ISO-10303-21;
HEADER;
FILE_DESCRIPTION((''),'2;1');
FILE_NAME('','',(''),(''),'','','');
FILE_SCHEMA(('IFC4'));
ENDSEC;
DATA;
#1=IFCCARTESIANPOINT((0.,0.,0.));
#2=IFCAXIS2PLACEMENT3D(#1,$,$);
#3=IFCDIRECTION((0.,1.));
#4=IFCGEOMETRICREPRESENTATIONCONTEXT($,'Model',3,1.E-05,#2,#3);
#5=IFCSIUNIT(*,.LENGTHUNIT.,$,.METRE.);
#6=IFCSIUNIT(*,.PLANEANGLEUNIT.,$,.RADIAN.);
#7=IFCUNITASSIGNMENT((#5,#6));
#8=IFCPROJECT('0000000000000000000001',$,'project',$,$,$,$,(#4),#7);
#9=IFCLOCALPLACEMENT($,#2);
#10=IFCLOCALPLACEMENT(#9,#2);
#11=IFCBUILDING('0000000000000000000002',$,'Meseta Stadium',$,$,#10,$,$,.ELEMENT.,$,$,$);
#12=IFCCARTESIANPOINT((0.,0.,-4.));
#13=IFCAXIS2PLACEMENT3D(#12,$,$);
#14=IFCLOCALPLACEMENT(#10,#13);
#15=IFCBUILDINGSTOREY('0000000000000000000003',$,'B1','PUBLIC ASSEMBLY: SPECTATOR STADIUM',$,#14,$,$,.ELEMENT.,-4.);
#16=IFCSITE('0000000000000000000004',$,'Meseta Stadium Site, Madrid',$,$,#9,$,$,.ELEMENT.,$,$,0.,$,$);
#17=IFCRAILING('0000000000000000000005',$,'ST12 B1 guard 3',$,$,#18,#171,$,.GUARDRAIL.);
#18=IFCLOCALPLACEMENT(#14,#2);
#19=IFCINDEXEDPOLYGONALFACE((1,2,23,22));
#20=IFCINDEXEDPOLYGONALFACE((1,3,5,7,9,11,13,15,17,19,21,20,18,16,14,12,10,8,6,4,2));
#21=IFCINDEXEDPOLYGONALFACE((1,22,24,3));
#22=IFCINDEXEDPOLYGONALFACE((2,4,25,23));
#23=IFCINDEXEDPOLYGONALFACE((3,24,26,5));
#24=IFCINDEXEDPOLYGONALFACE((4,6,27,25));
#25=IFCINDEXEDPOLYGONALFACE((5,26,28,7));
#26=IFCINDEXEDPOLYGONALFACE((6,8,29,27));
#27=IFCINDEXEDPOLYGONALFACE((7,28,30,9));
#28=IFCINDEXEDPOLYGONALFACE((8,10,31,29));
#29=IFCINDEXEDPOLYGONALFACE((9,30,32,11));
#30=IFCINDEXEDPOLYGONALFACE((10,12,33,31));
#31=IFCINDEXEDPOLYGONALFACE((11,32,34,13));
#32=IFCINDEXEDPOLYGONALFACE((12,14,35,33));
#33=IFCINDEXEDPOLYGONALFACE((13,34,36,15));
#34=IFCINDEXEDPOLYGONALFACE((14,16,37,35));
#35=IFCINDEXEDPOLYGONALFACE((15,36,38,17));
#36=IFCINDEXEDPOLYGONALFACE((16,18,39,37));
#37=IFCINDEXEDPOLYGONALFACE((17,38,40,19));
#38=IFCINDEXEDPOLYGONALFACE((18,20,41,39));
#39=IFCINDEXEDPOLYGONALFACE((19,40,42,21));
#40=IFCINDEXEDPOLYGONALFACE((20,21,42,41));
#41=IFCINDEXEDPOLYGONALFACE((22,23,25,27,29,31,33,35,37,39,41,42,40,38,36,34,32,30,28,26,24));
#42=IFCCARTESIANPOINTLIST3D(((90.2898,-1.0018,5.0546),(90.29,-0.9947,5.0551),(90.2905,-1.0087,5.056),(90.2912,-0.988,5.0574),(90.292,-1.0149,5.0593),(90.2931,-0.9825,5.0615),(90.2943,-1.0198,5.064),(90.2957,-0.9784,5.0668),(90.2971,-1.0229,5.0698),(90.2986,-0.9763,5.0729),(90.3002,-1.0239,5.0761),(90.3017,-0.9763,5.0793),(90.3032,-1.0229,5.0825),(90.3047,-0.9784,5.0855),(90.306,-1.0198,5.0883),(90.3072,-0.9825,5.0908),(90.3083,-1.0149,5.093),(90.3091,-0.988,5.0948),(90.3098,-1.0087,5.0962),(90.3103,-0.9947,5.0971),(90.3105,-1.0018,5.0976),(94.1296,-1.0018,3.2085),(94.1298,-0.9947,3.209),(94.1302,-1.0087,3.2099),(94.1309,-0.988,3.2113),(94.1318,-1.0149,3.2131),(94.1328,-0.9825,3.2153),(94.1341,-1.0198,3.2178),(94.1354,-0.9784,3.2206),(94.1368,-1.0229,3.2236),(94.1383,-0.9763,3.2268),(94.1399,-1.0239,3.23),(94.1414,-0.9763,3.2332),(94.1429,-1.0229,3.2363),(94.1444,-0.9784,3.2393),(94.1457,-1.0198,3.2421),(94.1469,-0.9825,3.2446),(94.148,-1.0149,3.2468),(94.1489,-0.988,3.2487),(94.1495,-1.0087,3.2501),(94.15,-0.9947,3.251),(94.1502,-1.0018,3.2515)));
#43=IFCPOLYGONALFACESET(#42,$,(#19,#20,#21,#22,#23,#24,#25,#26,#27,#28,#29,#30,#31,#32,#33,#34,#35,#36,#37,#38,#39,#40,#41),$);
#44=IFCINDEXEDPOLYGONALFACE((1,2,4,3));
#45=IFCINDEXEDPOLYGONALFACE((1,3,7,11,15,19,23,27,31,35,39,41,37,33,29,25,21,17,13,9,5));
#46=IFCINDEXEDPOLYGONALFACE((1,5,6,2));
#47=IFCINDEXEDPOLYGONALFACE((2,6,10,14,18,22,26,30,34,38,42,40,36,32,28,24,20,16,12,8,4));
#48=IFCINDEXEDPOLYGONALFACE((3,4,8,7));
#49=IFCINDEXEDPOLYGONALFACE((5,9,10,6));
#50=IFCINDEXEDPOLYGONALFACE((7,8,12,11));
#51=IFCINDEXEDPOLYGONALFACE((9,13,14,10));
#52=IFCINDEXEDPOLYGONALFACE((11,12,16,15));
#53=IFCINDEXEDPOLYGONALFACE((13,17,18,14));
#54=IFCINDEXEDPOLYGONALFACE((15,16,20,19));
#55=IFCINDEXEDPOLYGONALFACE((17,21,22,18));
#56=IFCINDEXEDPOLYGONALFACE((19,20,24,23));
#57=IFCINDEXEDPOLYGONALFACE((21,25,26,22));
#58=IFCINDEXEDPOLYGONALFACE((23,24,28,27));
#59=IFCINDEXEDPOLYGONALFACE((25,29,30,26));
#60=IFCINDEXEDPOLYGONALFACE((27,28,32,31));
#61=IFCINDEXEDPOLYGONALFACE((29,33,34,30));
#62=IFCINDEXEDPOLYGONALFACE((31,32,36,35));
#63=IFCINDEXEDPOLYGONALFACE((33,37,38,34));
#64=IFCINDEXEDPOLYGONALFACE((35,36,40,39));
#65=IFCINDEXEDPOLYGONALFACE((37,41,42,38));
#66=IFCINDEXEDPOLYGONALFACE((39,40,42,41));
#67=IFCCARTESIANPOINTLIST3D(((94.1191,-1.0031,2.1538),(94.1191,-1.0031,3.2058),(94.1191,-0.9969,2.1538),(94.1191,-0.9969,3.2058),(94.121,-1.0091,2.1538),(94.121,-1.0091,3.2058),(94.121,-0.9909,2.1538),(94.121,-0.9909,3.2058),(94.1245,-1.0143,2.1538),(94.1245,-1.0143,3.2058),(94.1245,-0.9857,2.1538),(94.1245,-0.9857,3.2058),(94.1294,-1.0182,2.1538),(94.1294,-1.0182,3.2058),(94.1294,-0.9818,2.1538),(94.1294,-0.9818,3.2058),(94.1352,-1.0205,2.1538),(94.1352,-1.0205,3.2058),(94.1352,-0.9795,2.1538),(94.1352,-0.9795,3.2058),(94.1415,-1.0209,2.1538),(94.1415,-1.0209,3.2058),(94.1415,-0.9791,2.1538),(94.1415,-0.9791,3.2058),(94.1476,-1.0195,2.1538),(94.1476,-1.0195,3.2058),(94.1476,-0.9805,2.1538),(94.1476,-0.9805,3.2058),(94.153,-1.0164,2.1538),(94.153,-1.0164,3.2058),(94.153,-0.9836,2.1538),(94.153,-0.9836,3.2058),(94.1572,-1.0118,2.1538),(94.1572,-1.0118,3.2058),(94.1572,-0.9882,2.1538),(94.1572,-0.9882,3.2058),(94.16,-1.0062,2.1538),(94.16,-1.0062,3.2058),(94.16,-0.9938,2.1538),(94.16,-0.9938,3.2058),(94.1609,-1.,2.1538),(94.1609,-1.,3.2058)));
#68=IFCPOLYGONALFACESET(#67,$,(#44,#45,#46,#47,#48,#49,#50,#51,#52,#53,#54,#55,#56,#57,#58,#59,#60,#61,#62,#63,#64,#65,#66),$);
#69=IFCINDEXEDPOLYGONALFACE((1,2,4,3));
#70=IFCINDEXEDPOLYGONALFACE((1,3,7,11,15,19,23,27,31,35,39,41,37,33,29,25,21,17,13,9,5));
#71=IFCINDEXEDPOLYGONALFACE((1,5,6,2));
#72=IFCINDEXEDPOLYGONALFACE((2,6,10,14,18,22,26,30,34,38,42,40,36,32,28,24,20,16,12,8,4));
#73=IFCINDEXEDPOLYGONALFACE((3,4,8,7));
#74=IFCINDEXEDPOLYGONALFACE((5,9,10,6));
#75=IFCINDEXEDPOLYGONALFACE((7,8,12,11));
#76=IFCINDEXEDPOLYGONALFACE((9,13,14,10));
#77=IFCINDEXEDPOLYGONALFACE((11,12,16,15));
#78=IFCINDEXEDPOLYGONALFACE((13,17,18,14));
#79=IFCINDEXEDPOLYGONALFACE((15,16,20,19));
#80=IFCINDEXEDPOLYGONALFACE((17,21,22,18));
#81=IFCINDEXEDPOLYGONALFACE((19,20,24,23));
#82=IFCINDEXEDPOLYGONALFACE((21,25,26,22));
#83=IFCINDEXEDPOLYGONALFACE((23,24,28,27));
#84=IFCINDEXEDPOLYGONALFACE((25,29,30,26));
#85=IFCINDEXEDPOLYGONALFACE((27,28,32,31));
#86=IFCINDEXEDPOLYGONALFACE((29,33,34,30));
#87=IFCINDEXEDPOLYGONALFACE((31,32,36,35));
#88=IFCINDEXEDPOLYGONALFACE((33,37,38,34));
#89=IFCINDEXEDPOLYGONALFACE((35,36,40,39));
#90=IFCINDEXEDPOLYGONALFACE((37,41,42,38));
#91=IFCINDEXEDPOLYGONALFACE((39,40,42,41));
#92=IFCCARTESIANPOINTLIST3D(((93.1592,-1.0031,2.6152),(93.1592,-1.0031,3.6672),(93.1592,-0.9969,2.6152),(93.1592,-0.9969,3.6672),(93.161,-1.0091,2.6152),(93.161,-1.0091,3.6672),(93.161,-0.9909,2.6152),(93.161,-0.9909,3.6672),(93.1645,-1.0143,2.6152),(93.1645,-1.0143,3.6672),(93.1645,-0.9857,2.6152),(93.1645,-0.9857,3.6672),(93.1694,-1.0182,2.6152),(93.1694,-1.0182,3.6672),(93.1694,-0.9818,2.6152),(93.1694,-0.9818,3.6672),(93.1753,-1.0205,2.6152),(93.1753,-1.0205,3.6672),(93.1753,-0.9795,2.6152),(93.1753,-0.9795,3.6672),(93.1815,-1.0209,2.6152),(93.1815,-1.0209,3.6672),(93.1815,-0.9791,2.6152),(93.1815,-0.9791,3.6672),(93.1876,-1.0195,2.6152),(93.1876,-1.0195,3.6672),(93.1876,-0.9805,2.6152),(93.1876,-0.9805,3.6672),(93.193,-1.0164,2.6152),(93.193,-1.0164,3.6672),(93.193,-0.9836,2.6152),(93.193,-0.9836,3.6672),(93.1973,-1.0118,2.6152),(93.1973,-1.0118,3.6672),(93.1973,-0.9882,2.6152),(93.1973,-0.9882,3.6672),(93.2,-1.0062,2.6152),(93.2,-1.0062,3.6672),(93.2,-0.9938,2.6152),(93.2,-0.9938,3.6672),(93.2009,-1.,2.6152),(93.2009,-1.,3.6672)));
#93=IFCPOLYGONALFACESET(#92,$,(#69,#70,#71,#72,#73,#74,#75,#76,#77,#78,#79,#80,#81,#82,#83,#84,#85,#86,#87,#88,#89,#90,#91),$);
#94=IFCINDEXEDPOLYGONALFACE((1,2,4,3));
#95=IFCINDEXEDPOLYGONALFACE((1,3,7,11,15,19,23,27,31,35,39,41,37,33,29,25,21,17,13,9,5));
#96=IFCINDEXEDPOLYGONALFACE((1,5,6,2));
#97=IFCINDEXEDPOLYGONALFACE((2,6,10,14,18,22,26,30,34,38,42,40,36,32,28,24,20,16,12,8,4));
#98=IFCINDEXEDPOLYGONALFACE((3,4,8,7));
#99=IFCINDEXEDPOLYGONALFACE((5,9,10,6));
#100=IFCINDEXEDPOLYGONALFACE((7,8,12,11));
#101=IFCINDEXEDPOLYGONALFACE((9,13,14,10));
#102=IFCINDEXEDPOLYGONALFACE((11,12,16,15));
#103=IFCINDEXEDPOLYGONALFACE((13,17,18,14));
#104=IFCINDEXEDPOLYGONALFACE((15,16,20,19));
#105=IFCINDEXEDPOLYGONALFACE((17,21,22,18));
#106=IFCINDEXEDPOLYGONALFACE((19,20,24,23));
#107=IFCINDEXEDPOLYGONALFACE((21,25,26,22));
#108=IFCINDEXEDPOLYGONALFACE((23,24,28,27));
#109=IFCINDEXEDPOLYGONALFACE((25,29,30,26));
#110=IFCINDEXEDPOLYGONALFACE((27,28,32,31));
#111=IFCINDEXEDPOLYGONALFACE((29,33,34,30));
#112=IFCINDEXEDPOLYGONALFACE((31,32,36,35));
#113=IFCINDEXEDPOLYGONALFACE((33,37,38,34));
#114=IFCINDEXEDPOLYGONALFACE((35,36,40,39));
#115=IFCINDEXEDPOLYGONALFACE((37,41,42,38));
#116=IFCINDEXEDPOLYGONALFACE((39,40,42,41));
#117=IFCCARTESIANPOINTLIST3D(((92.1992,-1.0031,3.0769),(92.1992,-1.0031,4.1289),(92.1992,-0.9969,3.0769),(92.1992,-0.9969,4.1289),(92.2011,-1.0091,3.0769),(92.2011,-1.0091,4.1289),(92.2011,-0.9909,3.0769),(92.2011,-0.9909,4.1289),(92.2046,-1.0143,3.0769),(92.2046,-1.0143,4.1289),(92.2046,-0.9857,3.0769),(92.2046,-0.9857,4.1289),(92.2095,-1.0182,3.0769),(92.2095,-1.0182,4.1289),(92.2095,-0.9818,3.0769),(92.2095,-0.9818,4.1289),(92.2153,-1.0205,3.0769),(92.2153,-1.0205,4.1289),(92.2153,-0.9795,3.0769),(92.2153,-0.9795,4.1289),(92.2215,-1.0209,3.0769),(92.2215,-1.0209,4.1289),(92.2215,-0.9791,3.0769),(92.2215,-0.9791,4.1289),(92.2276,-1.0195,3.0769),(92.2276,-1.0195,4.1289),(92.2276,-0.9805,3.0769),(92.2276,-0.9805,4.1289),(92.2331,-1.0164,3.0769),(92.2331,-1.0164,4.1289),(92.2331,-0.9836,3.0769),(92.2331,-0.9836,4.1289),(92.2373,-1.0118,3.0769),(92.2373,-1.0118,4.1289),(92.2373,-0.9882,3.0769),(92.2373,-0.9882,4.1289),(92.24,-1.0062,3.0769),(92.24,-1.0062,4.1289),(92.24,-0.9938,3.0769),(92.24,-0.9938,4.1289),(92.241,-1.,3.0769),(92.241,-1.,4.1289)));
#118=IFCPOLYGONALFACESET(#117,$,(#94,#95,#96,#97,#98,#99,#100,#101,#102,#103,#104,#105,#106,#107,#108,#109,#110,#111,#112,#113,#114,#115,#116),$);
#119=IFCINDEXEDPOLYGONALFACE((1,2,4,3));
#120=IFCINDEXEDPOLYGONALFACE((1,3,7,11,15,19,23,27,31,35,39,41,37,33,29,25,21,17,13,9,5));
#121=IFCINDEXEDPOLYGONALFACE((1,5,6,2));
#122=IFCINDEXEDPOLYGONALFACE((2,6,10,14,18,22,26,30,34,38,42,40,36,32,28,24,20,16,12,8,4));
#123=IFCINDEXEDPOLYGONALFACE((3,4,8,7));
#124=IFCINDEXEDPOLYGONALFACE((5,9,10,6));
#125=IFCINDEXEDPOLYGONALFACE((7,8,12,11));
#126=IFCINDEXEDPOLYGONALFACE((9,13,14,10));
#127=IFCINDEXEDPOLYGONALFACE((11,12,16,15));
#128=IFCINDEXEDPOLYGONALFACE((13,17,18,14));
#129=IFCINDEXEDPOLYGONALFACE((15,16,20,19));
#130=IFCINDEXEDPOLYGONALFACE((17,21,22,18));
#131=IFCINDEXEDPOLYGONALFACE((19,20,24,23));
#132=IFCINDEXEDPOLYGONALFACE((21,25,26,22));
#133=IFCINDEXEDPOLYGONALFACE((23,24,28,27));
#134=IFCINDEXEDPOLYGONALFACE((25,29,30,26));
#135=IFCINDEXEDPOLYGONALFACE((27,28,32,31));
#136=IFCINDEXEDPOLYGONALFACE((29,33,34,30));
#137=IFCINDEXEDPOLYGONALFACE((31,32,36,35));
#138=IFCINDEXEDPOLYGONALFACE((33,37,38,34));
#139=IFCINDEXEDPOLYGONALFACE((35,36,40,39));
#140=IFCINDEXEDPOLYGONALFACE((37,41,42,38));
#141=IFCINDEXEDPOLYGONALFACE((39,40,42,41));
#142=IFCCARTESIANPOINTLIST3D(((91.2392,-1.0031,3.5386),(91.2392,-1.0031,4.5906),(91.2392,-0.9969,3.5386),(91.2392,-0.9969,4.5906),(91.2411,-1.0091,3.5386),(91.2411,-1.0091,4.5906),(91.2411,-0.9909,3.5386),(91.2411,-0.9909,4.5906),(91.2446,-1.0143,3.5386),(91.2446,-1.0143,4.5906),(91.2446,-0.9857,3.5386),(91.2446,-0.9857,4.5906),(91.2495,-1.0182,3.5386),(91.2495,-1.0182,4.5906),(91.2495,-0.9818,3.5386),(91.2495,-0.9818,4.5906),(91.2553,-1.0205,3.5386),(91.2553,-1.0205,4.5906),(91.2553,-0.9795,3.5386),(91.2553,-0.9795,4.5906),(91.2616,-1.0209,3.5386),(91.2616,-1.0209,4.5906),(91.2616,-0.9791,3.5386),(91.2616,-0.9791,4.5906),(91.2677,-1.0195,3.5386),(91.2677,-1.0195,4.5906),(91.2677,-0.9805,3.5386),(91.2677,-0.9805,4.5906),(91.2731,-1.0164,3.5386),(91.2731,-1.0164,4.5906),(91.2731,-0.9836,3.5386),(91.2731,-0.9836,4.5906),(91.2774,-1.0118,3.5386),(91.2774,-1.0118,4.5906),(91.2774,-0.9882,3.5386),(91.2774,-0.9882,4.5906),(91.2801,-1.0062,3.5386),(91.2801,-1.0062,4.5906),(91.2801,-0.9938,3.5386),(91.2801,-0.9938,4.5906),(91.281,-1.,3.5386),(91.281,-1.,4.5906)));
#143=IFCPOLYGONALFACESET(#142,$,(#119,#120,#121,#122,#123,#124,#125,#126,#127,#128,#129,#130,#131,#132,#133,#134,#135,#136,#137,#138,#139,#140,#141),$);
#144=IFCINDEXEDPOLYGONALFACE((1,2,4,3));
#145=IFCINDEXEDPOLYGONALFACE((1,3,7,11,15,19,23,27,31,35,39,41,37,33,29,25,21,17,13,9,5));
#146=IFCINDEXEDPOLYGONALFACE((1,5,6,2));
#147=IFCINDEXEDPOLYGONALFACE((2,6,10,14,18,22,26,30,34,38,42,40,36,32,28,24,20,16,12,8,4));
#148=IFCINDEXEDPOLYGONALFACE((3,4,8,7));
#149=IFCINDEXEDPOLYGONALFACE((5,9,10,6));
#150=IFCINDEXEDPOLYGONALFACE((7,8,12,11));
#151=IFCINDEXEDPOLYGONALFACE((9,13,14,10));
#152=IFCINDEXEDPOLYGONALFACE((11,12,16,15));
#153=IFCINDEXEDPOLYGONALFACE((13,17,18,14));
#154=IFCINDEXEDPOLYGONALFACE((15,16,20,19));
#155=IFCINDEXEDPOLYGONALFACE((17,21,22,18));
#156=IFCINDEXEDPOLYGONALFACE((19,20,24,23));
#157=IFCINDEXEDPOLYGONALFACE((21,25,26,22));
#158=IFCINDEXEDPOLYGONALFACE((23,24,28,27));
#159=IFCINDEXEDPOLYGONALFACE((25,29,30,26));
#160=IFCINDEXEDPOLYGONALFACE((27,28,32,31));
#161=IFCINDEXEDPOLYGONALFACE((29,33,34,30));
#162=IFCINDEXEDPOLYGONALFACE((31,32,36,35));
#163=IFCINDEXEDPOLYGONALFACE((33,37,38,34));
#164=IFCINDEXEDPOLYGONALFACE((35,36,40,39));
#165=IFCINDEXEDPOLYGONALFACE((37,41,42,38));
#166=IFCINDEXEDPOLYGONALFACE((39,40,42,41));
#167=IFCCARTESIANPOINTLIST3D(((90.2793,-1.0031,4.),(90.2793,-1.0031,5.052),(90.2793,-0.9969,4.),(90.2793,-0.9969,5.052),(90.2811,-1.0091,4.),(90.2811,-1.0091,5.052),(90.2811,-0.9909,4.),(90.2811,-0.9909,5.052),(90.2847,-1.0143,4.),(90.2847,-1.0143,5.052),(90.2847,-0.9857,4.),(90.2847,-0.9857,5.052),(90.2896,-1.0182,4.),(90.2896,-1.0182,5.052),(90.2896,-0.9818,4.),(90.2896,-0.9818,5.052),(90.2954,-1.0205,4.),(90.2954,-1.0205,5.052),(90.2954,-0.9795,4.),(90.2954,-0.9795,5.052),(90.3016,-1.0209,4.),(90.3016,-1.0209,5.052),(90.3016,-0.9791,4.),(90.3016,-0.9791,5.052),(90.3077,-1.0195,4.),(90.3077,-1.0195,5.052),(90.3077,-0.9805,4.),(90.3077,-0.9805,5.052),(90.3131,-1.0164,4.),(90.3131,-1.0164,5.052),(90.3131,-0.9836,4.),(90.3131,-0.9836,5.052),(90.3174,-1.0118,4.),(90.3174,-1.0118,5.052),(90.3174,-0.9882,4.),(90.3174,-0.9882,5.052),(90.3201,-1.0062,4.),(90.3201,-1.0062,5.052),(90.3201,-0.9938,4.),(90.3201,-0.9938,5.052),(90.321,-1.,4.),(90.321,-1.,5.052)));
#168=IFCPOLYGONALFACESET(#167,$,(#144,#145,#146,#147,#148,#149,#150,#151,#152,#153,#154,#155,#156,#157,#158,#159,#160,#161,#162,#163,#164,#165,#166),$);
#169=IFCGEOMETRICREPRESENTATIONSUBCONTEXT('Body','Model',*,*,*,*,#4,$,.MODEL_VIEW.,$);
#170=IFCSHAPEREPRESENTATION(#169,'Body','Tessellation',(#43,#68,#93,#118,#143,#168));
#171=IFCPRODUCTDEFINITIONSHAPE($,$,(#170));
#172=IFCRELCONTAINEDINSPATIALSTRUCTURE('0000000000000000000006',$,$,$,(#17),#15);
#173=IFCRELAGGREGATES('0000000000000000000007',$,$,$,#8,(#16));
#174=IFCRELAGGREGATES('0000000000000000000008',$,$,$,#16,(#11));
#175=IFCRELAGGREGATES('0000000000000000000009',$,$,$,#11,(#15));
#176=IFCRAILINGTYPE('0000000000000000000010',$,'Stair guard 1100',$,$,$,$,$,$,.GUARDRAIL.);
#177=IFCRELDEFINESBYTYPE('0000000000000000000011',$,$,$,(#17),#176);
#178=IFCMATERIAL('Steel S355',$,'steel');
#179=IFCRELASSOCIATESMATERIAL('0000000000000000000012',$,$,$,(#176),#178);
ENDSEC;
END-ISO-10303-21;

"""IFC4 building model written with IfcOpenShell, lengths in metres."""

from ifc_helpers import new_model, si_unit, direction, frame, origin, origin_2d, place, context, subcontext, project, spatial, circle, extrude, material, type_object, element, save


model = new_model("IFC4")

# Units and contexts
model_context = context("Model", 3, precision=1e-05, world=origin(), true_north=direction((0.0, 1.0)))
body_context = subcontext(model_context, "Body", "Model", "MODEL_VIEW")
ifc_project = project(units=[si_unit("LENGTHUNIT", "METRE"), si_unit("PLANEANGLEUNIT", "RADIAN")], contexts=[model_context])

# Site, building, storey
site_placement = place(None, origin())
site = spatial("IfcSite", under=ifc_project, at=site_placement, Name="Meseta Stadium Site, Madrid", CompositionType="ELEMENT", RefElevation=0.0)
building_placement = place(site_placement, origin())
building = spatial("IfcBuilding", under=site, at=building_placement, Name="Meseta Stadium", CompositionType="ELEMENT")
storey_placement = place(building_placement, frame((0.0, 0.0, -4.0)))
storey = spatial("IfcBuildingStorey", under=building, at=storey_placement, Name="B1", Description="PUBLIC ASSEMBLY: SPECTATOR STADIUM", CompositionType="ELEMENT", Elevation=-4.0)

# Railing
ifc_material_1 = material(Name="Steel S355", Category="steel")
railing_type_1 = type_object("IfcRailingType", Name="Stair guard 1100", PredefinedType="GUARDRAIL", material=ifc_material_1)
railing_1_placement = place(storey_placement, frame((94.1399, -1.0, 2.1538)))
element("IfcRailing", 1, at=railing_1_placement, inside=storey, type_object=railing_type_1, Name="ST12 B1 guard 3", PredefinedType="GUARDRAIL", context=body_context, shape_type="SweptSolid", body=[
    extrude(circle(Radius=0.0239, at=origin_2d()), frame((0.0, 0.0, 1.0762), z_axis=(-0.901242, 0.0, 0.433316), x_axis=(0.0, -1.0, 0.0)), (0.0, 0.0, 1.0), 4.2605),
    extrude(circle(Radius=0.021, at=origin_2d()), origin(), (0.0, 0.0, 1.0), 1.052),
    extrude(circle(Radius=0.021, at=origin_2d()), frame((-0.96, 0.0, 0.4614)), (0.0, 0.0, 1.0), 1.052),
    extrude(circle(Radius=0.021, at=origin_2d()), frame((-1.9199, 0.0, 0.9231)), (0.0, 0.0, 1.0), 1.052),
    extrude(circle(Radius=0.021, at=origin_2d()), frame((-2.8799, 0.0, 1.3848)), (0.0, 0.0, 1.0), 1.052),
    extrude(circle(Radius=0.021, at=origin_2d()), frame((-3.8398, 0.0, 1.8462)), (0.0, 0.0, 1.0), 1.052),
])

save(model, "model.ifc")
